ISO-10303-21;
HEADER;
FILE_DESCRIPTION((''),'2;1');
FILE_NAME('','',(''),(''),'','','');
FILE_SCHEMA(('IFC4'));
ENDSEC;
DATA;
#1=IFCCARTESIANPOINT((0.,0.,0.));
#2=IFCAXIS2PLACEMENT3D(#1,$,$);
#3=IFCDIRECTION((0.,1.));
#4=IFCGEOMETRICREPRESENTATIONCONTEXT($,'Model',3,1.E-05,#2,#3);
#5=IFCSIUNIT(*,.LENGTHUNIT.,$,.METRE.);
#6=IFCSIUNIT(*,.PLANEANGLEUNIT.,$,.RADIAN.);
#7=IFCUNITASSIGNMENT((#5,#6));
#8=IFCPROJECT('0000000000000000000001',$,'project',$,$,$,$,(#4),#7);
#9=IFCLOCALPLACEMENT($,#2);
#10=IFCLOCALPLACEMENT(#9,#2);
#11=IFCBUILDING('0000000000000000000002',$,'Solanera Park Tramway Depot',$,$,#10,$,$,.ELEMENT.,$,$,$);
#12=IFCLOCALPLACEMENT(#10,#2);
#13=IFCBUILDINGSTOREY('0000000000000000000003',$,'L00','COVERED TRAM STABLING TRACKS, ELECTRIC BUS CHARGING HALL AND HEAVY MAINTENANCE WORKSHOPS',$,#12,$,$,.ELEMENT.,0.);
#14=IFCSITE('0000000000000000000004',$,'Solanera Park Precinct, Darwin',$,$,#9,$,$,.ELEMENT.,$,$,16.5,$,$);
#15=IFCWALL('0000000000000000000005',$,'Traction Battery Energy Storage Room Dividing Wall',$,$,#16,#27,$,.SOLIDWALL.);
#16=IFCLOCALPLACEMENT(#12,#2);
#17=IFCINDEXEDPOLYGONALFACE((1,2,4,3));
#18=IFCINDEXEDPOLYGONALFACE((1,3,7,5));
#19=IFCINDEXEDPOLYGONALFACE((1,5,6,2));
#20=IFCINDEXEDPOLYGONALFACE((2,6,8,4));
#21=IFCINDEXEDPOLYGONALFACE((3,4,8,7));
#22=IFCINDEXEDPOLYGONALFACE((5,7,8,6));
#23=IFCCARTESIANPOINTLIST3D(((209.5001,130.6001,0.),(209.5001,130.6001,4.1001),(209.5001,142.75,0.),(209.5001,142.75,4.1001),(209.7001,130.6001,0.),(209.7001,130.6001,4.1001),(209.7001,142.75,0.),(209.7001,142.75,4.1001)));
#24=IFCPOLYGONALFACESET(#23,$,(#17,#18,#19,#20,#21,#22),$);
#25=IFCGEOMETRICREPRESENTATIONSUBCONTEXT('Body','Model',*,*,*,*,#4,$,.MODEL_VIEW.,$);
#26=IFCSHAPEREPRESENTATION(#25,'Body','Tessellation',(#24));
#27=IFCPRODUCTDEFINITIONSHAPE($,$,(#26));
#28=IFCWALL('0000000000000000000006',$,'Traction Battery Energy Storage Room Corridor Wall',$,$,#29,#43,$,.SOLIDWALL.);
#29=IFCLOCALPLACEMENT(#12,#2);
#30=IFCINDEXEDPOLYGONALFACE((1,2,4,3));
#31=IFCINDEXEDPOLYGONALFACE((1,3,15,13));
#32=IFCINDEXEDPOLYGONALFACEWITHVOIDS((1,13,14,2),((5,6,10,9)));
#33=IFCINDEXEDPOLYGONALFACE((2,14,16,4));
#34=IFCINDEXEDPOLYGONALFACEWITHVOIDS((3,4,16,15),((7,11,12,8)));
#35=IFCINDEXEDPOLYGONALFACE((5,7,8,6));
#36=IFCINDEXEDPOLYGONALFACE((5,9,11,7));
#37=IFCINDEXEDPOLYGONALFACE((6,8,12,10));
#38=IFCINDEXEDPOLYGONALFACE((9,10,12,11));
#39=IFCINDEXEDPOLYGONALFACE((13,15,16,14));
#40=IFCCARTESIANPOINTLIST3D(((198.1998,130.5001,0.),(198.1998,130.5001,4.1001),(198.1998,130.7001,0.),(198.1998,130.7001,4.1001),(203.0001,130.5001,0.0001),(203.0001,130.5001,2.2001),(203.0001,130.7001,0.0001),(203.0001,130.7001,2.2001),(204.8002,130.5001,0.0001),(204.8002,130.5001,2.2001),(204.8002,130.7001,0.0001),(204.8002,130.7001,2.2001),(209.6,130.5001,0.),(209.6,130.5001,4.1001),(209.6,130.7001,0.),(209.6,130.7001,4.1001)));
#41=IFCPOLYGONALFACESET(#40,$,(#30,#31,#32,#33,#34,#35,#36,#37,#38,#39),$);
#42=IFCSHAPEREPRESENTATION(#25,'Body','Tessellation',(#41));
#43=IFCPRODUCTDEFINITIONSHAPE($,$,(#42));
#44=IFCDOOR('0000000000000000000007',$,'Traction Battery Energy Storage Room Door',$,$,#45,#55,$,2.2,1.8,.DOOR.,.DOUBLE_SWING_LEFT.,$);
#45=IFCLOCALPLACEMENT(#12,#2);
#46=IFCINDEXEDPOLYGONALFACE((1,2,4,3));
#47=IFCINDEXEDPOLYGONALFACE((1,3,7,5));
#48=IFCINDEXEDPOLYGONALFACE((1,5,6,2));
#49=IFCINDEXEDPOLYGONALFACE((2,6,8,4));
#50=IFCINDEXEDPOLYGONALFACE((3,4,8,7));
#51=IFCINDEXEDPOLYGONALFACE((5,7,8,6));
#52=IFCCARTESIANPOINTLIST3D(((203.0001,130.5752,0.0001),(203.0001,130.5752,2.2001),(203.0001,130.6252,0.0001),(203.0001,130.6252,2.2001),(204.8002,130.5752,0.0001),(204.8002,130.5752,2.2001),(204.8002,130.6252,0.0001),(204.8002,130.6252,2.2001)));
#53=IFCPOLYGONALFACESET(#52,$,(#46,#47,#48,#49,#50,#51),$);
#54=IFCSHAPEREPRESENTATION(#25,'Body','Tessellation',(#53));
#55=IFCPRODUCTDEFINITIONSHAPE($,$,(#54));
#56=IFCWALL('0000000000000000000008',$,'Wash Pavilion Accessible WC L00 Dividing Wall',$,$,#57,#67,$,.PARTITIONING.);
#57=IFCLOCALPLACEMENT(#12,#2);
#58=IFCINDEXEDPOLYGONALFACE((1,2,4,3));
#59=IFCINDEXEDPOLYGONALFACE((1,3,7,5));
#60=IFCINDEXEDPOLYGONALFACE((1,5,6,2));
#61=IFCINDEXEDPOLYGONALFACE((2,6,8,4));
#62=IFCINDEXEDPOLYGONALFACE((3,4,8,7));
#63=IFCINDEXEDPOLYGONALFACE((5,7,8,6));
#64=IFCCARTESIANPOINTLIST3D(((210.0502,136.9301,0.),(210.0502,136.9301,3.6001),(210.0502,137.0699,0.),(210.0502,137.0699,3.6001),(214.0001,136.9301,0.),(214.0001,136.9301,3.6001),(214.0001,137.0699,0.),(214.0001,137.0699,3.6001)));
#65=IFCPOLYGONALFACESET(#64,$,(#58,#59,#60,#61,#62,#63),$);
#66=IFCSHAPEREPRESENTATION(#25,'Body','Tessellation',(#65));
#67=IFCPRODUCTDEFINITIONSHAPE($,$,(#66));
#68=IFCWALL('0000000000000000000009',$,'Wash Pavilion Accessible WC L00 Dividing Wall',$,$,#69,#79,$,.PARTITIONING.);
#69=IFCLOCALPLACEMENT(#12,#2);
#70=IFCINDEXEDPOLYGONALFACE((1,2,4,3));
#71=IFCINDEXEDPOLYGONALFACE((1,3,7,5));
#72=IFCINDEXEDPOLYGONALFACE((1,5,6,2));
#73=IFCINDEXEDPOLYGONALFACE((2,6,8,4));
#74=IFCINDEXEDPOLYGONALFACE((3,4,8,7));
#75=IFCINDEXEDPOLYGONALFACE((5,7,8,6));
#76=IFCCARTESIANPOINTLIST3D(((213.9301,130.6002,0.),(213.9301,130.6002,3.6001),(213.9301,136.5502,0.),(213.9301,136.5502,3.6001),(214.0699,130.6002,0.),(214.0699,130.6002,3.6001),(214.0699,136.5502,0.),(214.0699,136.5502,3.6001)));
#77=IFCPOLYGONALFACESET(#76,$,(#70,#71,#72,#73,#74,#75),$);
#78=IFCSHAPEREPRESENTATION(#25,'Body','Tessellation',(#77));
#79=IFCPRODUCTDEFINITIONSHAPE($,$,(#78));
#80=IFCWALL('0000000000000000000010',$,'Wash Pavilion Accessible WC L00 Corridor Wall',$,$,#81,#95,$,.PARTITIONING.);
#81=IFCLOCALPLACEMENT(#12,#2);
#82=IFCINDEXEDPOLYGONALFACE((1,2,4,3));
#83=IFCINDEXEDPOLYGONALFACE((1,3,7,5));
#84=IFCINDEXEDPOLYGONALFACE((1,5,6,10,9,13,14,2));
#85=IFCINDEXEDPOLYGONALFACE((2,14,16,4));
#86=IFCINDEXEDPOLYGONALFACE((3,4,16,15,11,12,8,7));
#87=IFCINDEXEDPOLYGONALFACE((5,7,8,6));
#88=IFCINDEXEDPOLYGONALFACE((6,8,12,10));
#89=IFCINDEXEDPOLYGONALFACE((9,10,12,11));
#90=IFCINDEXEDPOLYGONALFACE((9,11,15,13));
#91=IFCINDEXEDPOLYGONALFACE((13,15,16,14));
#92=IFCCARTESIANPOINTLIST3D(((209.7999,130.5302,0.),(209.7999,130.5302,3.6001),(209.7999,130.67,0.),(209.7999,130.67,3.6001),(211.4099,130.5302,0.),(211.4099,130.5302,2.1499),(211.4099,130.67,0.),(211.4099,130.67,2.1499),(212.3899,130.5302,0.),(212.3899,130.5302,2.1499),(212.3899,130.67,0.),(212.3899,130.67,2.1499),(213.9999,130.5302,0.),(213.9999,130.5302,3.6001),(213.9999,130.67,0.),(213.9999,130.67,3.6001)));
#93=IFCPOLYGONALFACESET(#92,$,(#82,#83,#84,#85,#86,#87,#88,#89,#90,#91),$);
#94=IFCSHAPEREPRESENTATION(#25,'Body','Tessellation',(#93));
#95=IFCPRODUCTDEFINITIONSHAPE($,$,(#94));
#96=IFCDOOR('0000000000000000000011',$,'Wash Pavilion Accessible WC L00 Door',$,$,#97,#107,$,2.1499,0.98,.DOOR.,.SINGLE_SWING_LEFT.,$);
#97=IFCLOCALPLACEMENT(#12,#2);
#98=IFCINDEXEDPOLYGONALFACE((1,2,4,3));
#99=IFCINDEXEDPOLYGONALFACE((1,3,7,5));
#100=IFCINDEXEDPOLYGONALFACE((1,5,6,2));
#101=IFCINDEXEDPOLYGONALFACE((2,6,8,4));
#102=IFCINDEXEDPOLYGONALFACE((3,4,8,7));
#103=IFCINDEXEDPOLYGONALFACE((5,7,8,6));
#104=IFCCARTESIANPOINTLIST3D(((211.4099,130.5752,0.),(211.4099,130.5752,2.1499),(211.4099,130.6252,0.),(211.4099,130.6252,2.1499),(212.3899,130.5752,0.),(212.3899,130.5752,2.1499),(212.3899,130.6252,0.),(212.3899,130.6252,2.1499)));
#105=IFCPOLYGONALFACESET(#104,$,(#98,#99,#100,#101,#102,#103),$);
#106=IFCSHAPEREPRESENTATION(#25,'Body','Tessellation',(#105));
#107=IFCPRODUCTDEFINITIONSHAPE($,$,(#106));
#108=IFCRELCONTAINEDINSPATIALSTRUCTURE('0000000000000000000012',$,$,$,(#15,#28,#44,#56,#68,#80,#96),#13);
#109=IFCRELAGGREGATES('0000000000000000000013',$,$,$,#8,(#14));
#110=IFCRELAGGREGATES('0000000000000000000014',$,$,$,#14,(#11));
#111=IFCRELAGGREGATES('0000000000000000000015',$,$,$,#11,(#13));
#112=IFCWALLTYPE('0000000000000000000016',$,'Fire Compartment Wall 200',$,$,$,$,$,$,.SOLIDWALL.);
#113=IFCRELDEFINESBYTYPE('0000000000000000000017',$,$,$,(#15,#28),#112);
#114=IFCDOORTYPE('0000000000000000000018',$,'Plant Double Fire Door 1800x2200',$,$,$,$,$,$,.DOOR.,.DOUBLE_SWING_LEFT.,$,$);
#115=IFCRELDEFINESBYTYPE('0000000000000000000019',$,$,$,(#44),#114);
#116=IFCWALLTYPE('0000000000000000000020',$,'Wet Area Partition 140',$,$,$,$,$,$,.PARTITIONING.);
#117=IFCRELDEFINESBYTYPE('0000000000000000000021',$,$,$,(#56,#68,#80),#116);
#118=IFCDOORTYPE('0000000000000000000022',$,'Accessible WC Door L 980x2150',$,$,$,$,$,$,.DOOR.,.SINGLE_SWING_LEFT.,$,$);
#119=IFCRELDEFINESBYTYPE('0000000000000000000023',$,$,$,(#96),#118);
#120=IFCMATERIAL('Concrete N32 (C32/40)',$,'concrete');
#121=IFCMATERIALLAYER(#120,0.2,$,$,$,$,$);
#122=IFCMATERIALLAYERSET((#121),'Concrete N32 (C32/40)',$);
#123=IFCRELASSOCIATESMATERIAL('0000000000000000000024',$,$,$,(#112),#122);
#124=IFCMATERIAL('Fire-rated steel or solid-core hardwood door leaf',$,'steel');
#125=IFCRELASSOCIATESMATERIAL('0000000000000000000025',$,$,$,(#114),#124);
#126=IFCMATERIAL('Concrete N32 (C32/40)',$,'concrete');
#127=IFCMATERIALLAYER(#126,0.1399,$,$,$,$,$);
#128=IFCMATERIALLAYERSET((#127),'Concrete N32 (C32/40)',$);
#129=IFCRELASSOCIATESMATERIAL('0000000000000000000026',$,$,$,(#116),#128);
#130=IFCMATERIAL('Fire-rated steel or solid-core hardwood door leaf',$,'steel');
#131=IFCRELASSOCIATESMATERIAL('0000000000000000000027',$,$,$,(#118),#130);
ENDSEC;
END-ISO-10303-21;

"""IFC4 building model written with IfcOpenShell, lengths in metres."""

from ifc_helpers import new_model, si_unit, direction, frame, frame_2d, origin, place, context, subcontext, project, spatial, rectangle, extrude, material, layer, layer_set, type_object, element, fill, save


model = new_model("IFC4")

# Units and contexts
model_context = context("Model", 3, precision=1e-05, world=origin(), true_north=direction((0.0, 1.0)))
body_context = subcontext(model_context, "Body", "Model", "MODEL_VIEW")
ifc_project = project(units=[si_unit("LENGTHUNIT", "METRE"), si_unit("PLANEANGLEUNIT", "RADIAN")], contexts=[model_context])

# Site, building, storey
site_placement = place(None, origin())
site = spatial("IfcSite", under=ifc_project, at=site_placement, Name="Solanera Park Precinct, Darwin", CompositionType="ELEMENT", RefElevation=16.5)
building_placement = place(site_placement, origin())
building = spatial("IfcBuilding", under=site, at=building_placement, Name="Solanera Park Tramway Depot", CompositionType="ELEMENT")
storey_placement = place(building_placement, origin())
storey = spatial("IfcBuildingStorey", under=building, at=storey_placement, Name="L00", Description="COVERED TRAM STABLING TRACKS, ELECTRIC BUS CHARGING HALL AND HEAVY MAINTENANCE WORKSHOPS", CompositionType="ELEMENT", Elevation=0.0)

# Wall
ifc_material_1 = material(Name="Concrete N32 (C32/40)", Category="concrete")
ifc_layer_1 = layer(ifc_material_1, 0.2)
ifc_layer_set_1 = layer_set([ifc_layer_1], Name="Concrete N32 (C32/40)")
wall_type_1 = type_object("IfcWallType", Name="Fire Compartment Wall 200", PredefinedType="SOLIDWALL", material=ifc_layer_set_1)
wall_1_placement = place(storey_placement, frame((209.6001, 130.6001, 0.0), z_axis=(0.0, 0.0, 1.0), x_axis=(0.0, 1.0, 0.0)))
element("IfcWall", 1, at=wall_1_placement, inside=storey, type_object=wall_type_1, Name="Traction Battery Energy Storage Room Dividing Wall", PredefinedType="SOLIDWALL", context=body_context, shape_type="SweptSolid", body=[
    extrude(rectangle(XDim=12.1499, YDim=0.2, at=frame_2d((6.075, 0.0))), origin(), (0.0, 0.0, 1.0), 4.1001),
])

# Wall, opening, door
wall_2_placement = place(storey_placement, frame((209.6001, 130.6001, 0.0), z_axis=(0.0, 0.0, 1.0), x_axis=(-1.0, 0.0, 0.0)))
wall_2 = element("IfcWall", 2, at=wall_2_placement, inside=storey, type_object=wall_type_1, Name="Traction Battery Energy Storage Room Corridor Wall", PredefinedType="SOLIDWALL", context=body_context, shape_type="SweptSolid", body=[
    extrude(rectangle(XDim=11.4001, YDim=0.2, at=frame_2d((5.7002, 0.0))), origin(), (0.0, 0.0, 1.0), 4.1001),
])
opening_1_placement = place(wall_2_placement, frame((4.8, 0.0, 0.0)))
opening_1 = element("IfcOpeningElement", 3, at=opening_1_placement, cuts=wall_2, PredefinedType="OPENING", context=body_context, shape_type="SweptSolid", body=[
    extrude(rectangle(XDim=1.8, YDim=2.2, at=frame_2d((0.8999, 1.1001))), frame((0.0, 0.1099, 0.0), z_axis=(0.0, -1.0, 0.0), x_axis=(1.0, 0.0, 0.0)), (0.0, 0.0, 1.0), 0.22),
])
ifc_material_2 = material(Name="Fire-rated steel or solid-core hardwood door leaf", Category="steel")
door_type_1 = type_object("IfcDoorType", Name="Plant Double Fire Door 1800x2200", OperationType="DOUBLE_SWING_LEFT", PredefinedType="DOOR", material=ifc_material_2)
door_1_placement = place(opening_1_placement, origin())
door_1 = element("IfcDoor", 4, at=door_1_placement, inside=storey, type_object=door_type_1, Name="Traction Battery Energy Storage Room Door", OperationType="DOUBLE_SWING_LEFT", OverallHeight=2.2, OverallWidth=1.8, PredefinedType="DOOR", context=body_context, shape_type="SweptSolid", body=[
    extrude(rectangle(XDim=1.8, YDim=2.2, at=frame_2d((0.8999, 1.1001))), frame((0.0, 0.0249, 0.0), z_axis=(0.0, -1.0, 0.0), x_axis=(1.0, 0.0, 0.0)), (0.0, 0.0, 1.0), 0.05),
])
fill(opening_1, door_1)

# Walls
ifc_material_3 = material(Name="Concrete N32 (C32/40)", Category="concrete")
ifc_layer_2 = layer(ifc_material_3, 0.1399)
ifc_layer_set_2 = layer_set([ifc_layer_2], Name="Concrete N32 (C32/40)")
wall_type_2 = type_object("IfcWallType", Name="Wet Area Partition 140", PredefinedType="PARTITIONING", material=ifc_layer_set_2)
wall_3_placement = place(storey_placement, frame((210.05, 137.0, 0.0), z_axis=(0.0, 0.0, 1.0), x_axis=(1.0, 0.0, 0.0)))
element("IfcWall", 5, at=wall_3_placement, inside=storey, type_object=wall_type_2, Name="Wash Pavilion Accessible WC L00 Dividing Wall", PredefinedType="PARTITIONING", context=body_context, shape_type="SweptSolid", body=[
    extrude(rectangle(XDim=3.95, YDim=0.1399, at=frame_2d((1.9751, 0.0))), origin(), (0.0, 0.0, 1.0), 3.6001),
])
wall_4_placement = place(storey_placement, frame((214.0, 130.6001, 0.0), z_axis=(0.0, 0.0, 1.0), x_axis=(0.0, 1.0, 0.0)))
element("IfcWall", 6, at=wall_4_placement, inside=storey, type_object=wall_type_2, Name="Wash Pavilion Accessible WC L00 Dividing Wall", PredefinedType="PARTITIONING", context=body_context, shape_type="SweptSolid", body=[
    extrude(rectangle(XDim=5.95, YDim=0.1399, at=frame_2d((2.9751, 0.0))), origin(), (0.0, 0.0, 1.0), 3.6001),
])

# Wall, opening, door
wall_5_placement = place(storey_placement, frame((214.0, 130.6001, 0.0), z_axis=(0.0, 0.0, 1.0), x_axis=(-1.0, 0.0, 0.0)))
wall_5 = element("IfcWall", 7, at=wall_5_placement, inside=storey, type_object=wall_type_2, Name="Wash Pavilion Accessible WC L00 Corridor Wall", PredefinedType="PARTITIONING", context=body_context, shape_type="SweptSolid", body=[
    extrude(rectangle(XDim=4.2, YDim=0.1399, at=frame_2d((2.1001, 0.0))), origin(), (0.0, 0.0, 1.0), 3.6001),
])
opening_2_placement = place(wall_5_placement, frame((1.6101, 0.0, 0.0)))
opening_2 = element("IfcOpeningElement", 8, at=opening_2_placement, cuts=wall_5, PredefinedType="OPENING", context=body_context, shape_type="SweptSolid", body=[
    extrude(rectangle(XDim=0.98, YDim=2.1499, at=frame_2d((0.49, 1.075))), frame((0.0, 0.0801, 0.0), z_axis=(0.0, -1.0, 0.0), x_axis=(1.0, 0.0, 0.0)), (0.0, 0.0, 1.0), 0.1599),
])
ifc_material_4 = material(Name="Fire-rated steel or solid-core hardwood door leaf", Category="steel")
door_type_2 = type_object("IfcDoorType", Name="Accessible WC Door L 980x2150", OperationType="SINGLE_SWING_LEFT", PredefinedType="DOOR", material=ifc_material_4)
door_2_placement = place(opening_2_placement, origin())
door_2 = element("IfcDoor", 9, at=door_2_placement, inside=storey, type_object=door_type_2, Name="Wash Pavilion Accessible WC L00 Door", OperationType="SINGLE_SWING_LEFT", OverallHeight=2.1499, OverallWidth=0.98, PredefinedType="DOOR", context=body_context, shape_type="SweptSolid", body=[
    extrude(rectangle(XDim=0.98, YDim=2.1499, at=frame_2d((0.49, 1.075))), frame((0.0, 0.0249, 0.0), z_axis=(0.0, -1.0, 0.0), x_axis=(1.0, 0.0, 0.0)), (0.0, 0.0, 1.0), 0.05),
])
fill(opening_2, door_2)

save(model, "model.ifc")
